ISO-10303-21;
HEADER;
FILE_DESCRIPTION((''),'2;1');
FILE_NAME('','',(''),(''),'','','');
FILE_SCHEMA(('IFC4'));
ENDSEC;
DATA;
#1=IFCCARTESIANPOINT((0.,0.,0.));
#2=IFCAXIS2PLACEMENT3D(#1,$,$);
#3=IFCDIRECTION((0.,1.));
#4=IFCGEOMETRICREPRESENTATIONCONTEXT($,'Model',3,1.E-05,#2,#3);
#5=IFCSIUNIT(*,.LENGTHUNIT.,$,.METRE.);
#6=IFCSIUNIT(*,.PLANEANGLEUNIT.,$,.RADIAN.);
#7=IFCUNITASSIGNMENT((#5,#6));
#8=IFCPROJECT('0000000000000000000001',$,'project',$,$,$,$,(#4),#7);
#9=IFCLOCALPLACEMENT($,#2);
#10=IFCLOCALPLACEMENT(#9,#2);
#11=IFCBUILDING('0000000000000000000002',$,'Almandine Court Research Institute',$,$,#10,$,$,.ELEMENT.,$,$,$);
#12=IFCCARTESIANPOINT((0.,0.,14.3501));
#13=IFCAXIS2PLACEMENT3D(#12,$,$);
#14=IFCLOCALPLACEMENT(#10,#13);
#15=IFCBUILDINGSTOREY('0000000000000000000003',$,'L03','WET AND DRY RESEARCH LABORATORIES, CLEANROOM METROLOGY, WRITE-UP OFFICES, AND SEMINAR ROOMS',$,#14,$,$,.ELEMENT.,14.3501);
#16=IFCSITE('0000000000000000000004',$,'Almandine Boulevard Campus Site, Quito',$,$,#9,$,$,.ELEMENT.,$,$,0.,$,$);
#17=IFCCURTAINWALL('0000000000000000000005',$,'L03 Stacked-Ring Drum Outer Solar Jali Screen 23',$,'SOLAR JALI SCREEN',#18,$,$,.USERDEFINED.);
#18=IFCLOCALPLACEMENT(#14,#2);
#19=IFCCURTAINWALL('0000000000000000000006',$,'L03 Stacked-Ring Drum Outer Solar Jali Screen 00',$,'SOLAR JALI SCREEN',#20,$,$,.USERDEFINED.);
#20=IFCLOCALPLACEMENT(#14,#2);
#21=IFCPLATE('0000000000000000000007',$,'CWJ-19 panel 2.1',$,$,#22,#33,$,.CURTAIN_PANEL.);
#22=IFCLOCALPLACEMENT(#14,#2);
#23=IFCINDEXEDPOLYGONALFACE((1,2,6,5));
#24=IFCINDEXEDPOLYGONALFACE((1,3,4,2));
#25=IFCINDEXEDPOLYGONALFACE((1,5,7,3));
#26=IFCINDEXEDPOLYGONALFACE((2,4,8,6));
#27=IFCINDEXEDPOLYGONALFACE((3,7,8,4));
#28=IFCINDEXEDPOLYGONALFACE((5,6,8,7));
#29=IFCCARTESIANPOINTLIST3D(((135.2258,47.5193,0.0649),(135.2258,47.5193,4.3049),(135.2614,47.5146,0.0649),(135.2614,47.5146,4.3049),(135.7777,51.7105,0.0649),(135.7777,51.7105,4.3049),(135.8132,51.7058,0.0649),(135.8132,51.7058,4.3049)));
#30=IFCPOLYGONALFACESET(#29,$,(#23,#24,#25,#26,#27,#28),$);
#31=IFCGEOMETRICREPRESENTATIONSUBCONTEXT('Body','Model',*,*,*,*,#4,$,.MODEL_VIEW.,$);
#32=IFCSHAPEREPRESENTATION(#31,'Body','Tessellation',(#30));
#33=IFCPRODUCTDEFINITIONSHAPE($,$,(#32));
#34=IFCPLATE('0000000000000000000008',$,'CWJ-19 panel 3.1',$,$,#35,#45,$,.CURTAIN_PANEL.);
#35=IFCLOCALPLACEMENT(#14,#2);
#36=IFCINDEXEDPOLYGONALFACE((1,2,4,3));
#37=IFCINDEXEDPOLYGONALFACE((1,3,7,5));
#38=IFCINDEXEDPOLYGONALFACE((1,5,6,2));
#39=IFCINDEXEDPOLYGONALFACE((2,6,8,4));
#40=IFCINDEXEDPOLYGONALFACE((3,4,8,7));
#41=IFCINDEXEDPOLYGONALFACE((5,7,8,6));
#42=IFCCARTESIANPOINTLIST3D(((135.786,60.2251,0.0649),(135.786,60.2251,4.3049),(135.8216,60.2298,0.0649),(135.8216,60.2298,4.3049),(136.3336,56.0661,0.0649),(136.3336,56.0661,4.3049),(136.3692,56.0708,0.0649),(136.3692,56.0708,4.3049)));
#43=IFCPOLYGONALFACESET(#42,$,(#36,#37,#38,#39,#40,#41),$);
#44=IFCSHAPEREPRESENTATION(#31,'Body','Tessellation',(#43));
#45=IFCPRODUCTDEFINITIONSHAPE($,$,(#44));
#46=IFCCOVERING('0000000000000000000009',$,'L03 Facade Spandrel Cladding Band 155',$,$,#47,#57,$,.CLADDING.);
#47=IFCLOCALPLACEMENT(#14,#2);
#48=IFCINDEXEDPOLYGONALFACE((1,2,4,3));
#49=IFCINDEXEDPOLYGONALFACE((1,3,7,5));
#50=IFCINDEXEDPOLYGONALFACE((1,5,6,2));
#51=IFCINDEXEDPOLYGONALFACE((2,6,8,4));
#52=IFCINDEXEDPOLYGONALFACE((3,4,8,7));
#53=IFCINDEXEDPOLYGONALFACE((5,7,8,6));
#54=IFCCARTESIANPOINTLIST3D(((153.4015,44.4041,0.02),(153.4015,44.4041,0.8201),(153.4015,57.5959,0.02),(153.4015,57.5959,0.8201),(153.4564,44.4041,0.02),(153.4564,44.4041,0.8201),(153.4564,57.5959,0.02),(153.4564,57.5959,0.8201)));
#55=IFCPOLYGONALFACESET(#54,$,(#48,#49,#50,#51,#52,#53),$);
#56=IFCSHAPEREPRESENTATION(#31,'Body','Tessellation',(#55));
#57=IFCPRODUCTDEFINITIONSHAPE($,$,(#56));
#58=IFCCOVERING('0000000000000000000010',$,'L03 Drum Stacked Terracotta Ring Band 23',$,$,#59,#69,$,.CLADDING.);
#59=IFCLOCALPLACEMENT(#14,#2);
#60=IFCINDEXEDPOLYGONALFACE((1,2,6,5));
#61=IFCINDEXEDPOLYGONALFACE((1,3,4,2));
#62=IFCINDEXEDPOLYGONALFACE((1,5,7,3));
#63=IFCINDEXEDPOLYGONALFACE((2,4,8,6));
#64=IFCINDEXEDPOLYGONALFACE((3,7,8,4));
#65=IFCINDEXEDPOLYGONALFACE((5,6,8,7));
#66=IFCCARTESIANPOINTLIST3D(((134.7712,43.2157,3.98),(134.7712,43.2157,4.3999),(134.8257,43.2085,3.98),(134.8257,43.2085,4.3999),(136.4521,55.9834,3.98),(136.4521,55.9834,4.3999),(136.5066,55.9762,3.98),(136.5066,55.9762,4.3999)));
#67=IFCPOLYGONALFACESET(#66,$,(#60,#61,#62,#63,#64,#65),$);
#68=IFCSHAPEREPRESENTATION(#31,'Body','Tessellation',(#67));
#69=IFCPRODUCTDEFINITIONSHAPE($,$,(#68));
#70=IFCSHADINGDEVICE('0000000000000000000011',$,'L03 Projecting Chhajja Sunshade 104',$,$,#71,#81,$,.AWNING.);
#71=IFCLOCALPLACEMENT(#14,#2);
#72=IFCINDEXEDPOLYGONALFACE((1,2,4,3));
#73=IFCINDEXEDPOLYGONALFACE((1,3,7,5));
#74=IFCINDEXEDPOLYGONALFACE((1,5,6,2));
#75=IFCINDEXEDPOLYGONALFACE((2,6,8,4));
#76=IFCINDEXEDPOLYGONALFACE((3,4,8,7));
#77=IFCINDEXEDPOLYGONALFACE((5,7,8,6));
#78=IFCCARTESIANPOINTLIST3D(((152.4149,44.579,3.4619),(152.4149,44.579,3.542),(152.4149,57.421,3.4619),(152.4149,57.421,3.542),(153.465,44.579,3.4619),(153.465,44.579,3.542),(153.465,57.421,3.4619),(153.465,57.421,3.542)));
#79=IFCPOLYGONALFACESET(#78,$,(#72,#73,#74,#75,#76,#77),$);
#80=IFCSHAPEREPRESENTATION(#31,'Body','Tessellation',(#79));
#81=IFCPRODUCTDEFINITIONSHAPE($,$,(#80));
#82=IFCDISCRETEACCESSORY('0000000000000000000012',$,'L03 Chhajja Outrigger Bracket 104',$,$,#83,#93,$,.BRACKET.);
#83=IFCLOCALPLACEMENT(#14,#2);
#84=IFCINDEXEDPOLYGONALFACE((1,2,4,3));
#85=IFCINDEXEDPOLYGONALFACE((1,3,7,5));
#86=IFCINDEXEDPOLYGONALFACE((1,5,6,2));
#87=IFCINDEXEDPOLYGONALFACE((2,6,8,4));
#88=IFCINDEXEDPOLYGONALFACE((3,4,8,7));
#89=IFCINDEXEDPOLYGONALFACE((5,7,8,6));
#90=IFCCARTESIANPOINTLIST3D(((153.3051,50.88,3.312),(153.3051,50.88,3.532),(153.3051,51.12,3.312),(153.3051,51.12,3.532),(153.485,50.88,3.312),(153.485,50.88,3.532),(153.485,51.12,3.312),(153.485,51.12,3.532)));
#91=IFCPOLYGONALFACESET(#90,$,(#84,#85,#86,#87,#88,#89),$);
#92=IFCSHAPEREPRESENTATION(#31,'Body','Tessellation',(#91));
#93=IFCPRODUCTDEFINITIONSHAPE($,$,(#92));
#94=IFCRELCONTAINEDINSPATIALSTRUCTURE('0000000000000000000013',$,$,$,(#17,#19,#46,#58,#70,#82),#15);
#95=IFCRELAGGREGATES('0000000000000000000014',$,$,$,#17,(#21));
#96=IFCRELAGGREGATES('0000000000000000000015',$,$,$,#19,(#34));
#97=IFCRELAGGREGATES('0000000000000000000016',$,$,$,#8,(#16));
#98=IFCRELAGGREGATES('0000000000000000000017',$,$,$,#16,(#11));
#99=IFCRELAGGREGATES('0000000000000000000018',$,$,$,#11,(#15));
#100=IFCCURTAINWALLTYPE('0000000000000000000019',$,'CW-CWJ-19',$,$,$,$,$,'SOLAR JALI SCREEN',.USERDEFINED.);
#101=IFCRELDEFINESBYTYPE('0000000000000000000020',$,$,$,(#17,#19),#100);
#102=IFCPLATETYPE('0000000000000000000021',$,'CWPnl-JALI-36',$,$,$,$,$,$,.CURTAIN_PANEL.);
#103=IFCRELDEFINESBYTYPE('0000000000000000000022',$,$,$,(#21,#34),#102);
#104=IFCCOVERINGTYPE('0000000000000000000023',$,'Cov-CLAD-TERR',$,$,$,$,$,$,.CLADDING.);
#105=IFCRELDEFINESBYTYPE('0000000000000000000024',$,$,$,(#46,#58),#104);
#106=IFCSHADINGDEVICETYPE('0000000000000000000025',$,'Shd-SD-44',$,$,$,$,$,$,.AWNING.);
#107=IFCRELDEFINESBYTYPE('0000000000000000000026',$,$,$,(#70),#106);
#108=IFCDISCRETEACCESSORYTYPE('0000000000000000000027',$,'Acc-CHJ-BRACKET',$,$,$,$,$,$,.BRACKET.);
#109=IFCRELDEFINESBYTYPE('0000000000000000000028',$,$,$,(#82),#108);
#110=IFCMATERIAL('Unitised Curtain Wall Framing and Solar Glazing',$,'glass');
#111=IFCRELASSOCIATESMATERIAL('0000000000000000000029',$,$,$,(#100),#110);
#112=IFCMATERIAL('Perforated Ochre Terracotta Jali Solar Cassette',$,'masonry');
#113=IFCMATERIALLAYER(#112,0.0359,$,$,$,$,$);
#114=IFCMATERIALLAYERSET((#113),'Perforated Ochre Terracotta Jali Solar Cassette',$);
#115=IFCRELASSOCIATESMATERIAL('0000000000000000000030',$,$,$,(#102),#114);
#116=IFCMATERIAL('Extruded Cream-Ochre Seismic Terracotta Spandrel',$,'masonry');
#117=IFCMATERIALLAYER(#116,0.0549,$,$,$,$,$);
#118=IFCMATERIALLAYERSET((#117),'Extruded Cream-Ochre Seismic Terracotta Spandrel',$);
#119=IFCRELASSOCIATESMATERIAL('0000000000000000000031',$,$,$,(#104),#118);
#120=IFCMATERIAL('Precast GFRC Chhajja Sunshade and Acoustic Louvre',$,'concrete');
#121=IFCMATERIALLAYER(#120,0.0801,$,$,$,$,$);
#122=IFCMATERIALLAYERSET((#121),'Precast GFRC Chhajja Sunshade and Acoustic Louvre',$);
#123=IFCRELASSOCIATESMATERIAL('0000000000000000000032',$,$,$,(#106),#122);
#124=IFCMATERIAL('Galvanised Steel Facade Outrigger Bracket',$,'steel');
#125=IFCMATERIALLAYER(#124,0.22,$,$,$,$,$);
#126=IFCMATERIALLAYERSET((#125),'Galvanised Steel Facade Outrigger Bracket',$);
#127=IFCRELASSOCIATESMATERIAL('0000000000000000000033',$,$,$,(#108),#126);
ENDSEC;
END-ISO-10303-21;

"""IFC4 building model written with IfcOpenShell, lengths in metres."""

from ifc_helpers import new_model, si_unit, direction, frame, origin, origin_2d, place, context, subcontext, project, spatial, rectangle, extrude, material, layer, layer_set, type_object, element, aggregate, save


model = new_model("IFC4")

# Units and contexts
model_context = context("Model", 3, precision=1e-05, world=origin(), true_north=direction((0.0, 1.0)))
body_context = subcontext(model_context, "Body", "Model", "MODEL_VIEW")
ifc_project = project(units=[si_unit("LENGTHUNIT", "METRE"), si_unit("PLANEANGLEUNIT", "RADIAN")], contexts=[model_context])

# Site, building, storey
site_placement = place(None, origin())
site = spatial("IfcSite", under=ifc_project, at=site_placement, Name="Almandine Boulevard Campus Site, Quito", CompositionType="ELEMENT", RefElevation=0.0)
building_placement = place(site_placement, origin())
building = spatial("IfcBuilding", under=site, at=building_placement, Name="Almandine Court Research Institute", CompositionType="ELEMENT")
storey_placement = place(building_placement, frame((0.0, 0.0, 14.3501)))
storey = spatial("IfcBuildingStorey", under=building, at=storey_placement, Name="L03", Description="WET AND DRY RESEARCH LABORATORIES, CLEANROOM METROLOGY, WRITE-UP OFFICES, AND SEMINAR ROOMS", CompositionType="ELEMENT", Elevation=14.3501)

# Curtain walls
ifc_material_1 = material(Name="Unitised Curtain Wall Framing and Solar Glazing", Category="glass")
curtain_wall_type_1 = type_object("IfcCurtainWallType", Name="CW-CWJ-19", ElementType="SOLAR JALI SCREEN", PredefinedType="USERDEFINED", material=ifc_material_1)
curtain_wall_1_placement = place(storey_placement, origin())
curtain_wall_1 = element("IfcCurtainWall", 1, at=curtain_wall_1_placement, inside=storey, type_object=curtain_wall_type_1, Name="L03 Stacked-Ring Drum Outer Solar Jali Screen 23", ObjectType="SOLAR JALI SCREEN", PredefinedType="USERDEFINED")
curtain_wall_2_placement = place(storey_placement, origin())
curtain_wall_2 = element("IfcCurtainWall", 2, at=curtain_wall_2_placement, inside=storey, type_object=curtain_wall_type_1, Name="L03 Stacked-Ring Drum Outer Solar Jali Screen 00", ObjectType="SOLAR JALI SCREEN", PredefinedType="USERDEFINED")

# Plates
ifc_material_2 = material(Name="Perforated Ochre Terracotta Jali Solar Cassette", Category="masonry")
ifc_layer_1 = layer(ifc_material_2, 0.0359)
ifc_layer_set_1 = layer_set([ifc_layer_1], Name="Perforated Ochre Terracotta Jali Solar Cassette")
plate_type = type_object("IfcPlateType", Name="CWPnl-JALI-36", PredefinedType="CURTAIN_PANEL", material=ifc_layer_set_1)
plate_1_placement = place(storey_placement, frame((135.5195, 49.6125, 0.0649), z_axis=(0.0, 0.0, 1.0), x_axis=(-0.130541, -0.991443, 0.0)))
plate_1 = element("IfcPlate", 3, at=plate_1_placement, type_object=plate_type, Name="CWJ-19 panel 2.1", PredefinedType="CURTAIN_PANEL", context=body_context, shape_type="SweptSolid", body=[
    extrude(rectangle(XDim=4.2273, YDim=0.0359, at=origin_2d()), origin(), (0.0, 0.0, 1.0), 4.24),
])
aggregate(curtain_wall_1, [plate_1])
plate_2_placement = place(storey_placement, frame((136.0776, 58.1479, 0.0649), z_axis=(0.0, 0.0, 1.0), x_axis=(0.130541, -0.991443, 0.0)))
plate_2 = element("IfcPlate", 4, at=plate_2_placement, type_object=plate_type, Name="CWJ-19 panel 3.1", PredefinedType="CURTAIN_PANEL", context=body_context, shape_type="SweptSolid", body=[
    extrude(rectangle(XDim=4.1948, YDim=0.0359, at=origin_2d()), origin(), (0.0, 0.0, 1.0), 4.24),
])
aggregate(curtain_wall_2, [plate_2])

# Coverings
ifc_material_3 = material(Name="Extruded Cream-Ochre Seismic Terracotta Spandrel", Category="masonry")
ifc_layer_2 = layer(ifc_material_3, 0.0549)
ifc_layer_set_2 = layer_set([ifc_layer_2], Name="Extruded Cream-Ochre Seismic Terracotta Spandrel")
covering_type = type_object("IfcCoveringType", Name="Cov-CLAD-TERR", PredefinedType="CLADDING", material=ifc_layer_set_2)
covering_1_placement = place(storey_placement, frame((153.429, 51.0, 0.02), z_axis=(0.0, 0.0, 1.0), x_axis=(0.0, 1.0, 0.0)))
element("IfcCovering", 5, at=covering_1_placement, inside=storey, type_object=covering_type, Name="L03 Facade Spandrel Cladding Band 155", PredefinedType="CLADDING", context=body_context, shape_type="SweptSolid", body=[
    extrude(rectangle(XDim=13.1919, YDim=0.0549, at=origin_2d()), origin(), (0.0, 0.0, 1.0), 0.8),
])
covering_2_placement = place(storey_placement, frame((135.6389, 49.5959, 3.98), z_axis=(0.0, 0.0, 1.0), x_axis=(-0.130526, -0.991445, 0.0)))
element("IfcCovering", 6, at=covering_2_placement, inside=storey, type_object=covering_type, Name="L03 Drum Stacked Terracotta Ring Band 23", PredefinedType="CLADDING", context=body_context, shape_type="SweptSolid", body=[
    extrude(rectangle(XDim=12.8779, YDim=0.0549, at=origin_2d()), origin(), (0.0, 0.0, 1.0), 0.4199),
])

# Shading device
ifc_material_4 = material(Name="Precast GFRC Chhajja Sunshade and Acoustic Louvre", Category="concrete")
ifc_layer_3 = layer(ifc_material_4, 0.0801)
ifc_layer_set_3 = layer_set([ifc_layer_3], Name="Precast GFRC Chhajja Sunshade and Acoustic Louvre")
shading_device_type = type_object("IfcShadingDeviceType", Name="Shd-SD-44", PredefinedType="AWNING", material=ifc_layer_set_3)
shading_device_placement = place(storey_placement, frame((152.9399, 51.0, 3.4619), z_axis=(0.0, 0.0, 1.0), x_axis=(0.0, 1.0, 0.0)))
element("IfcShadingDevice", 7, at=shading_device_placement, inside=storey, type_object=shading_device_type, Name="L03 Projecting Chhajja Sunshade 104", PredefinedType="AWNING", context=body_context, shape_type="SweptSolid", body=[
    extrude(rectangle(XDim=12.842, YDim=1.05, at=origin_2d()), origin(), (0.0, 0.0, 1.0), 0.0801),
])

# Discrete accessory
ifc_material_5 = material(Name="Galvanised Steel Facade Outrigger Bracket", Category="steel")
ifc_layer_4 = layer(ifc_material_5, 0.22)
ifc_layer_set_4 = layer_set([ifc_layer_4], Name="Galvanised Steel Facade Outrigger Bracket")
discrete_accessory_type = type_object("IfcDiscreteAccessoryType", Name="Acc-CHJ-BRACKET", PredefinedType="BRACKET", material=ifc_layer_set_4)
discrete_accessory_placement = place(storey_placement, frame((153.395, 51.0, 3.312), z_axis=(0.0, 0.0, 1.0), x_axis=(0.0, 1.0, 0.0)))
element("IfcDiscreteAccessory", 8, at=discrete_accessory_placement, inside=storey, type_object=discrete_accessory_type, Name="L03 Chhajja Outrigger Bracket 104", PredefinedType="BRACKET", context=body_context, shape_type="SweptSolid", body=[
    extrude(rectangle(XDim=0.24, YDim=0.1799, at=origin_2d()), origin(), (0.0, 0.0, 1.0), 0.22),
])

save(model, "model.ifc")
